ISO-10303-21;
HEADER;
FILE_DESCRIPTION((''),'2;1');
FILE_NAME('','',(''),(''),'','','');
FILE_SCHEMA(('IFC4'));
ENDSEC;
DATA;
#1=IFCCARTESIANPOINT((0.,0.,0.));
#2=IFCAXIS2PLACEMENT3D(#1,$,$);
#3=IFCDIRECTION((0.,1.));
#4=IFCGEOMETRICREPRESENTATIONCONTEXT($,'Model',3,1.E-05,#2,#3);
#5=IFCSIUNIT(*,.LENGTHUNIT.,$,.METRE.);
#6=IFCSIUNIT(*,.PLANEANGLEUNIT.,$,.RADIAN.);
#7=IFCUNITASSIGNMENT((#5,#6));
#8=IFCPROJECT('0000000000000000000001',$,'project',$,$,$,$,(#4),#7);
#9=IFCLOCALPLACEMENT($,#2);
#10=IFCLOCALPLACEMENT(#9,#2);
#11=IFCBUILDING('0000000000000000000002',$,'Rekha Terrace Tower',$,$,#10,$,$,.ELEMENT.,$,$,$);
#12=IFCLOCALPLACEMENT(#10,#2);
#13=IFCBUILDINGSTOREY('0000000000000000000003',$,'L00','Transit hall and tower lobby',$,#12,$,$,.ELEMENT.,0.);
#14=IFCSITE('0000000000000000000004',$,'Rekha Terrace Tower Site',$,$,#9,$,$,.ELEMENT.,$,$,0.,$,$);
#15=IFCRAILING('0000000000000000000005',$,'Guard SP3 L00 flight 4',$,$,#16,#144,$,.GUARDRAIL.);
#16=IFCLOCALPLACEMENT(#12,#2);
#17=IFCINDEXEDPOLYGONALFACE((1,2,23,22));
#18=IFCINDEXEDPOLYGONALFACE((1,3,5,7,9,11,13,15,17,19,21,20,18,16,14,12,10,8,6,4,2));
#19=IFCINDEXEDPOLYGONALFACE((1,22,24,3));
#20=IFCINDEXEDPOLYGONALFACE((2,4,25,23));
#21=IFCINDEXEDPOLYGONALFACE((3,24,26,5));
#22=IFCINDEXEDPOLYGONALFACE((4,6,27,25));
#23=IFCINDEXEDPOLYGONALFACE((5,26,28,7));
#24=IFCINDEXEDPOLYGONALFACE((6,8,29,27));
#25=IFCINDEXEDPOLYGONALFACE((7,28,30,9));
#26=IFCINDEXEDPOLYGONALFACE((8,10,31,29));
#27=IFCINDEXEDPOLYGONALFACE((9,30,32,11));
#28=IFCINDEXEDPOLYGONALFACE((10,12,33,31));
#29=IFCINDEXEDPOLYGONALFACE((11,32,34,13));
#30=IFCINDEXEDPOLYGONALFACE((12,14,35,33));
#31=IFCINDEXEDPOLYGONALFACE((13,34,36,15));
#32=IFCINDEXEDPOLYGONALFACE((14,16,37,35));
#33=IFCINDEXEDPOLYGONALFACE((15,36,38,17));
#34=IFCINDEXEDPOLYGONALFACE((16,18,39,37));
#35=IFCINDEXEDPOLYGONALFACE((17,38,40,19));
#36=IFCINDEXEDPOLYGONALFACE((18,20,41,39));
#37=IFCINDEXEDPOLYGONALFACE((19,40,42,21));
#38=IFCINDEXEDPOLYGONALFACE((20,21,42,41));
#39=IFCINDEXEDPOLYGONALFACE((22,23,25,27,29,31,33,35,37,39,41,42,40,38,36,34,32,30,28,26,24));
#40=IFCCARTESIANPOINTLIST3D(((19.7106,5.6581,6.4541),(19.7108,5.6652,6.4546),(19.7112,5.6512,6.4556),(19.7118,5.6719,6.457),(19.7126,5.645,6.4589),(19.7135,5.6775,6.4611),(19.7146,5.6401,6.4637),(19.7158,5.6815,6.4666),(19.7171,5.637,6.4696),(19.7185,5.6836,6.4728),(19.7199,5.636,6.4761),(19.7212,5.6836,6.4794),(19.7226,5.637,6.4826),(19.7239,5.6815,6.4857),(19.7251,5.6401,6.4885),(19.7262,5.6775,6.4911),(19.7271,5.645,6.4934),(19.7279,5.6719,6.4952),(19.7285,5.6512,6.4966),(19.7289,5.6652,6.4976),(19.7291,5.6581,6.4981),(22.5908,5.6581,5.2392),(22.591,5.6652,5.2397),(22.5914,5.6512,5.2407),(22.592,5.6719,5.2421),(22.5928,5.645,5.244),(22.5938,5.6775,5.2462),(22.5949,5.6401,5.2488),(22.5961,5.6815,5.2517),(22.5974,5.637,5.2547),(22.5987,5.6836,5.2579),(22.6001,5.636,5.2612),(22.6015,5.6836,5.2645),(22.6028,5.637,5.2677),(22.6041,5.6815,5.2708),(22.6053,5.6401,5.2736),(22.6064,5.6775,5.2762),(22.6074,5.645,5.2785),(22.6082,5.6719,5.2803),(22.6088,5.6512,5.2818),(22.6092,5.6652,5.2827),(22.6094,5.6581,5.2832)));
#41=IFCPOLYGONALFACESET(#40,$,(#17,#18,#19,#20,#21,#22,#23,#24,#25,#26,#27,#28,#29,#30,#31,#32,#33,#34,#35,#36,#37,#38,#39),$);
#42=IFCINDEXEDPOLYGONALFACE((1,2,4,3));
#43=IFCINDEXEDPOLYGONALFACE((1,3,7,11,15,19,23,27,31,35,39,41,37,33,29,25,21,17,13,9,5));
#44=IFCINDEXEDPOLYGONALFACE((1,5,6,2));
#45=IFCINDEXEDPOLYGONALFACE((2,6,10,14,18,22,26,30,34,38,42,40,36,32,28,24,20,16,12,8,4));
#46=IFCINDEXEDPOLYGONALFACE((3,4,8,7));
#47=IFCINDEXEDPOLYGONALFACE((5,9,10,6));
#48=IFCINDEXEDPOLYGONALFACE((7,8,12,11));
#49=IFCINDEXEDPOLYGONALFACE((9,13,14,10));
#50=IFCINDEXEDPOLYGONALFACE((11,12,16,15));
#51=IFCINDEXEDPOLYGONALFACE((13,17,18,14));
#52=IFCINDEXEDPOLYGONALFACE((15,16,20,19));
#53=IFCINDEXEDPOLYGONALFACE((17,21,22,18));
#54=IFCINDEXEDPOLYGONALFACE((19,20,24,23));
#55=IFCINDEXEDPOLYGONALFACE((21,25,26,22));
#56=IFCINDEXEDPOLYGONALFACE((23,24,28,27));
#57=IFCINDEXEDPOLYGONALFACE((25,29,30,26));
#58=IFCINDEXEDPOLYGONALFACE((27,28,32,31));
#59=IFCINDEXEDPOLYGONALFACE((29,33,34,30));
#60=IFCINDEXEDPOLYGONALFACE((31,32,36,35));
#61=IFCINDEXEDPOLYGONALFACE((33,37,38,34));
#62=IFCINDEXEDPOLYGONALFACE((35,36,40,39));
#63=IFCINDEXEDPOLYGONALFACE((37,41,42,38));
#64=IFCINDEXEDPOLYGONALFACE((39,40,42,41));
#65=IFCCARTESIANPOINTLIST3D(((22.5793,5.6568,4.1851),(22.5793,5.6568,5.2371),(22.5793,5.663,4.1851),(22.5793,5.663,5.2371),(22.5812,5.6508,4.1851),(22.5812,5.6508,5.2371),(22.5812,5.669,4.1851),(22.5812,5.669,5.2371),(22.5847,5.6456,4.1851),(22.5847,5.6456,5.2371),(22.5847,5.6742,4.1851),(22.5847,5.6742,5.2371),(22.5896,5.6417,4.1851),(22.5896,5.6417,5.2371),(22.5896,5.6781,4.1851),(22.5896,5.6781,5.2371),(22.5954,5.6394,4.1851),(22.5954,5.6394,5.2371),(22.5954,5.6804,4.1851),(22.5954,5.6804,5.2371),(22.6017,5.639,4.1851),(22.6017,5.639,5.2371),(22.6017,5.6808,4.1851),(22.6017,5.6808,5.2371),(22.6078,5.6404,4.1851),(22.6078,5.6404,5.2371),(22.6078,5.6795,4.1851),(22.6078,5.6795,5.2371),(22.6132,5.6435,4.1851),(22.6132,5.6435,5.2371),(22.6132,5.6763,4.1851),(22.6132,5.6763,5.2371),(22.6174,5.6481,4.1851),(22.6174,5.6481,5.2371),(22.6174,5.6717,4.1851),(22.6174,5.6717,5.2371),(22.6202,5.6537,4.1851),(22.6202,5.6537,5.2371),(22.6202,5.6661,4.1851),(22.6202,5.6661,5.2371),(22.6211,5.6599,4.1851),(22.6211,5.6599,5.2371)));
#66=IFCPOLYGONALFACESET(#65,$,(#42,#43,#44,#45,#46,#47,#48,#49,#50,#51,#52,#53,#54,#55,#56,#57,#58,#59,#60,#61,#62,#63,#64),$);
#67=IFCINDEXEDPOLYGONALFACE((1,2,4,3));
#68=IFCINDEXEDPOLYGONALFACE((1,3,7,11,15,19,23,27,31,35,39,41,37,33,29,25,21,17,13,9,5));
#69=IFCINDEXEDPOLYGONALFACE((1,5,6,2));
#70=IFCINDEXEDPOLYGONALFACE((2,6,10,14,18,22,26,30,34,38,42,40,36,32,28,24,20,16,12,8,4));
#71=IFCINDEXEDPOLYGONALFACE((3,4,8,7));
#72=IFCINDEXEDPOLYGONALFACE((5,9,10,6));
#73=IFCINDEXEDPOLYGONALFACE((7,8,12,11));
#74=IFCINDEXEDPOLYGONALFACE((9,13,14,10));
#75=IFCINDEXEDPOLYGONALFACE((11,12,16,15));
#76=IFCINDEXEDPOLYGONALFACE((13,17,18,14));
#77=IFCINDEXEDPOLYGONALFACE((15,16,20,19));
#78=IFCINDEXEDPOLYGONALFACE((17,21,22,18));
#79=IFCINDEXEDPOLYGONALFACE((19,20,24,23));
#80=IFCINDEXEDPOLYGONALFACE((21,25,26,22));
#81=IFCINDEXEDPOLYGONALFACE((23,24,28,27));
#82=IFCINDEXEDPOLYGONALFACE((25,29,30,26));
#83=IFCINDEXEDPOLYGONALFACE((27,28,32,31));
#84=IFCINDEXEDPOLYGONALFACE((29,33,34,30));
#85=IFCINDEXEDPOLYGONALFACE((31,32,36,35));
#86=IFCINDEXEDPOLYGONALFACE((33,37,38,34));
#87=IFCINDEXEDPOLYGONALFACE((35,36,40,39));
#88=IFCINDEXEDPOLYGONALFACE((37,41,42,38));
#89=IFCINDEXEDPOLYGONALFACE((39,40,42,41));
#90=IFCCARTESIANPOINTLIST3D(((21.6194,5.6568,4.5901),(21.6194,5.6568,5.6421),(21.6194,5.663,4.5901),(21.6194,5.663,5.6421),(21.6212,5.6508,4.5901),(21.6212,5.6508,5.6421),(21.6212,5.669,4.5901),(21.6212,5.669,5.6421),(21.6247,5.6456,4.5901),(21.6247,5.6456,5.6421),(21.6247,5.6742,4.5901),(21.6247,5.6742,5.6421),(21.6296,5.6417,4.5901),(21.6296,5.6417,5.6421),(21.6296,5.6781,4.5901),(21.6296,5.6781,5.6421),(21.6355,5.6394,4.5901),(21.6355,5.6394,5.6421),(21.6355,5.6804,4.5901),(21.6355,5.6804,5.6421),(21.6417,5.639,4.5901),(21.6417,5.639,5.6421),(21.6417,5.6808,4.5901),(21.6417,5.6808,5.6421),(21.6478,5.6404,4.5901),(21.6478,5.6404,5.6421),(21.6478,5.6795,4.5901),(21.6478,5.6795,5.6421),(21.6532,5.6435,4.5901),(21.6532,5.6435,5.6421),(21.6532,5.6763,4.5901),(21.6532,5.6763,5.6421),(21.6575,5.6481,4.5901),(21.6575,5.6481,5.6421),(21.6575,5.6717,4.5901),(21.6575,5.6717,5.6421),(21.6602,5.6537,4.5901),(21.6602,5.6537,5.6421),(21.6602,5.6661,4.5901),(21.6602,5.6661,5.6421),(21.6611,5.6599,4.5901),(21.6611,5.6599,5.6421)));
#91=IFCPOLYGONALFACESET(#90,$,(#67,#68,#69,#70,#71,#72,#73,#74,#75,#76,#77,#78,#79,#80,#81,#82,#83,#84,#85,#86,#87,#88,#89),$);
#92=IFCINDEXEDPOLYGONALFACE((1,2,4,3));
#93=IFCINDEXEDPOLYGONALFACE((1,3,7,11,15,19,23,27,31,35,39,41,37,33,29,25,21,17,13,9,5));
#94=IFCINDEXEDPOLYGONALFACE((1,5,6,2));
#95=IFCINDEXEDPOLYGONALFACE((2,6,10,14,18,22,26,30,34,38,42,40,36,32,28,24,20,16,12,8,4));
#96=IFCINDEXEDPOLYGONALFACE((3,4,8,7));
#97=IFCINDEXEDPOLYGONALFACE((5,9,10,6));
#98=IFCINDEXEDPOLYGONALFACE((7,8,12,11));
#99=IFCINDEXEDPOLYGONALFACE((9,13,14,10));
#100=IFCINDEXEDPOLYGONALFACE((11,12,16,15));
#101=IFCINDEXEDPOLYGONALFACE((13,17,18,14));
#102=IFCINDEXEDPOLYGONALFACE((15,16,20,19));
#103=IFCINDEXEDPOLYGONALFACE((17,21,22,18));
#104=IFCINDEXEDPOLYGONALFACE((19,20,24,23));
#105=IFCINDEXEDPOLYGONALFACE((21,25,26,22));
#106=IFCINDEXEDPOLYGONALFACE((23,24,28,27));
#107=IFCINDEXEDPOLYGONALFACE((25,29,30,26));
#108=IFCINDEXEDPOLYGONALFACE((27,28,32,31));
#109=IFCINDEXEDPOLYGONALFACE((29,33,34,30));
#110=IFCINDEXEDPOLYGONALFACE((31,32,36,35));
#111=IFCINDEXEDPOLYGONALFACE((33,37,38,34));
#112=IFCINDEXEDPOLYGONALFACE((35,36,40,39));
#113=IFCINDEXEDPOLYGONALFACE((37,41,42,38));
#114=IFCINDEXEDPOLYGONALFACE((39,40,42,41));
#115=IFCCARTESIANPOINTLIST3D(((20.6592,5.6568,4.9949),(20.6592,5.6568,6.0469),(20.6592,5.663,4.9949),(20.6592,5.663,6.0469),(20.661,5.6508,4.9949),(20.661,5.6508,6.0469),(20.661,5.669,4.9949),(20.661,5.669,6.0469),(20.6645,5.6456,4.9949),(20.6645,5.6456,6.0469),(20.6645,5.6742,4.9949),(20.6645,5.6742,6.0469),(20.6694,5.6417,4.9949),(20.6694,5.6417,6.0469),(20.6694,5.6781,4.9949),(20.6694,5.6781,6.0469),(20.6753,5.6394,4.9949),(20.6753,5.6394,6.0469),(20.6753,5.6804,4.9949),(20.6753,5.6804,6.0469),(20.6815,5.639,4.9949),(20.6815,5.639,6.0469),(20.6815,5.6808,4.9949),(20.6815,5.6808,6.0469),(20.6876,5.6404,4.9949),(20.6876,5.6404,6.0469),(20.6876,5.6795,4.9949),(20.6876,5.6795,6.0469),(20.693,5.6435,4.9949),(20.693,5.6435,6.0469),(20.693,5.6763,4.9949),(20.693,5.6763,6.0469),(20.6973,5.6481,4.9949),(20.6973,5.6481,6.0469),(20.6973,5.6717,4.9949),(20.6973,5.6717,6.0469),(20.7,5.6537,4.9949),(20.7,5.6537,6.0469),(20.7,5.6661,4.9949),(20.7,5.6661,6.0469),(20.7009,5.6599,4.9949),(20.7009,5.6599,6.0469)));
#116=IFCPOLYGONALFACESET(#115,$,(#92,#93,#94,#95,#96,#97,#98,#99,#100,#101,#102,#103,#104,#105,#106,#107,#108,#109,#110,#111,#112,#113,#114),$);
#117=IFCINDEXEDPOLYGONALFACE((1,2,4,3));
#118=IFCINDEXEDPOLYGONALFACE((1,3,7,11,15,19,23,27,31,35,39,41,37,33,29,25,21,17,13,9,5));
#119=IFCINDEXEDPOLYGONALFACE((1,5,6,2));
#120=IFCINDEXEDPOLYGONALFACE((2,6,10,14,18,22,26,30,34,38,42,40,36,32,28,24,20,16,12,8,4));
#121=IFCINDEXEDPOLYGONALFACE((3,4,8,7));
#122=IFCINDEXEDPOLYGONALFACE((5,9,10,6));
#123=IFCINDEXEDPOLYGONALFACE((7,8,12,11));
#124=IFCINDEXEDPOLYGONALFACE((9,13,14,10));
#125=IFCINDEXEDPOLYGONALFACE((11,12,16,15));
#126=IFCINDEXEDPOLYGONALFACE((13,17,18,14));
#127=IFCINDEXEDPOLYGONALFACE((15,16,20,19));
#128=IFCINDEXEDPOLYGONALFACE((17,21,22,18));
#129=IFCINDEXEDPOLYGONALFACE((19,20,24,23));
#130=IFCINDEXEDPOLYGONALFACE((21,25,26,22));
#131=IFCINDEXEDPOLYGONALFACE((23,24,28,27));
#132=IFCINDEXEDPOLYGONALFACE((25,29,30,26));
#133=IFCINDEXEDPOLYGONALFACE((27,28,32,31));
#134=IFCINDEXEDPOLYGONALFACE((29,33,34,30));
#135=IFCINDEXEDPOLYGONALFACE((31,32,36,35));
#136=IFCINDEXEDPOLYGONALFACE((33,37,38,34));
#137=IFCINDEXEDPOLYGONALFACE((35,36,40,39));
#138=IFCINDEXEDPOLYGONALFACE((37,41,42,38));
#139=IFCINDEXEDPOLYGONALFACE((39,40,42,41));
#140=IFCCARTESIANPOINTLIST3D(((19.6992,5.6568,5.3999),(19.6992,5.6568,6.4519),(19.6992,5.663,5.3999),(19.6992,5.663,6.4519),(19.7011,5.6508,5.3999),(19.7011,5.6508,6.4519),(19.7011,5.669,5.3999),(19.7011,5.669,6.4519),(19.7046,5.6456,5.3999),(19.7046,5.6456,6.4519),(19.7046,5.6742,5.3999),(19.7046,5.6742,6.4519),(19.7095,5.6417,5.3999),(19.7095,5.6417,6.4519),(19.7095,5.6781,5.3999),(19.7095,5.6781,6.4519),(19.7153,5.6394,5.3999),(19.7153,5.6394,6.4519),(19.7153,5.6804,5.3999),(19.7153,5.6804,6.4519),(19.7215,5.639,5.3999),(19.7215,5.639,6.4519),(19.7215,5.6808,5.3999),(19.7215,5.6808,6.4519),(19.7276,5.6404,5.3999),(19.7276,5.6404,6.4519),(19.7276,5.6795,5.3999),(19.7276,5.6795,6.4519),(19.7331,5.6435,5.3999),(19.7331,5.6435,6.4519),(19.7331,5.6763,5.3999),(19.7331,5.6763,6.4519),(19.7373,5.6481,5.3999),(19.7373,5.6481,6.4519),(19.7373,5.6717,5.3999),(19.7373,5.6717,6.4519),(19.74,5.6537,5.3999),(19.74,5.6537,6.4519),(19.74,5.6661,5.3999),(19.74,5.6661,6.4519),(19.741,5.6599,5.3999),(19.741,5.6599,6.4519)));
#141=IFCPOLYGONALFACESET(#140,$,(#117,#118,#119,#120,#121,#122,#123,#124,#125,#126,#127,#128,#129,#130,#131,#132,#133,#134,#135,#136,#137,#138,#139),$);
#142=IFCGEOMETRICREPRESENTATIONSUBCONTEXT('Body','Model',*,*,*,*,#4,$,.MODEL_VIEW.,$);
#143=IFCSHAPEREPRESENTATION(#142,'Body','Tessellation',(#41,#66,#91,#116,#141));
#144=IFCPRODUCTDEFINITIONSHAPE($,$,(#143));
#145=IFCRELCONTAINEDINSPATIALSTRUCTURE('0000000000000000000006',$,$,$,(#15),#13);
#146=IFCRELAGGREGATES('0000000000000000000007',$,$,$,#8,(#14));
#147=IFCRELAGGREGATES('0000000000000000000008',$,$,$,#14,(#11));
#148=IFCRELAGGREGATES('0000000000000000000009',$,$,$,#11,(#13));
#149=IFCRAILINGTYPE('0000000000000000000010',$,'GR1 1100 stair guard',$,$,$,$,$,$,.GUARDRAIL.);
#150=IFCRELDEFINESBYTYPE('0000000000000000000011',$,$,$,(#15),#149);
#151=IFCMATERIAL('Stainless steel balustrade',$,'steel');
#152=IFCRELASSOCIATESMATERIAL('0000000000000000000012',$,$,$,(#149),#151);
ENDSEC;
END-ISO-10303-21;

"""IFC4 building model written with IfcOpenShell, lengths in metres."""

from ifc_helpers import new_model, si_unit, direction, frame, origin, origin_2d, place, context, subcontext, project, spatial, circle, extrude, material, type_object, element, save


model = new_model("IFC4")

# Units and contexts
model_context = context("Model", 3, precision=1e-05, world=origin(), true_north=direction((0.0, 1.0)))
body_context = subcontext(model_context, "Body", "Model", "MODEL_VIEW")
ifc_project = project(units=[si_unit("LENGTHUNIT", "METRE"), si_unit("PLANEANGLEUNIT", "RADIAN")], contexts=[model_context])

# Site, building, storey
site_placement = place(None, origin())
site = spatial("IfcSite", under=ifc_project, at=site_placement, Name="Rekha Terrace Tower Site", CompositionType="ELEMENT", RefElevation=0.0)
building_placement = place(site_placement, origin())
building = spatial("IfcBuilding", under=site, at=building_placement, Name="Rekha Terrace Tower", CompositionType="ELEMENT")
storey_placement = place(building_placement, origin())
storey = spatial("IfcBuildingStorey", under=building, at=storey_placement, Name="L00", Description="Transit hall and tower lobby", CompositionType="ELEMENT", Elevation=0.0)

# Railing
ifc_material_1 = material(Name="Stainless steel balustrade", Category="steel")
railing_type_1 = type_object("IfcRailingType", Name="GR1 1100 stair guard", PredefinedType="GUARDRAIL", material=ifc_material_1)
railing_1_placement = place(storey_placement, frame((22.6001, 5.6599, 4.1851)))
element("IfcRailing", 1, at=railing_1_placement, inside=storey, type_object=railing_type_1, Name="Guard SP3 L00 flight 4", PredefinedType="GUARDRAIL", context=body_context, shape_type="SweptSolid", body=[
    extrude(circle(Radius=0.0239, at=origin_2d()), frame((0.0, 0.0, 1.0762), z_axis=(-0.921388, 0.0, 0.388644), x_axis=(0.0, -1.0, 0.0)), (0.0, 0.0, 1.0), 3.126),
    extrude(circle(Radius=0.021, at=origin_2d()), origin(), (0.0, 0.0, 1.0), 1.052),
    extrude(circle(Radius=0.021, at=origin_2d()), frame((-0.96, 0.0, 0.405)), (0.0, 0.0, 1.0), 1.052),
    extrude(circle(Radius=0.021, at=origin_2d()), frame((-1.9202, 0.0, 0.8098)), (0.0, 0.0, 1.0), 1.052),
    extrude(circle(Radius=0.021, at=origin_2d()), frame((-2.8801, 0.0, 1.2148)), (0.0, 0.0, 1.0), 1.052),
])

save(model, "model.ifc")
